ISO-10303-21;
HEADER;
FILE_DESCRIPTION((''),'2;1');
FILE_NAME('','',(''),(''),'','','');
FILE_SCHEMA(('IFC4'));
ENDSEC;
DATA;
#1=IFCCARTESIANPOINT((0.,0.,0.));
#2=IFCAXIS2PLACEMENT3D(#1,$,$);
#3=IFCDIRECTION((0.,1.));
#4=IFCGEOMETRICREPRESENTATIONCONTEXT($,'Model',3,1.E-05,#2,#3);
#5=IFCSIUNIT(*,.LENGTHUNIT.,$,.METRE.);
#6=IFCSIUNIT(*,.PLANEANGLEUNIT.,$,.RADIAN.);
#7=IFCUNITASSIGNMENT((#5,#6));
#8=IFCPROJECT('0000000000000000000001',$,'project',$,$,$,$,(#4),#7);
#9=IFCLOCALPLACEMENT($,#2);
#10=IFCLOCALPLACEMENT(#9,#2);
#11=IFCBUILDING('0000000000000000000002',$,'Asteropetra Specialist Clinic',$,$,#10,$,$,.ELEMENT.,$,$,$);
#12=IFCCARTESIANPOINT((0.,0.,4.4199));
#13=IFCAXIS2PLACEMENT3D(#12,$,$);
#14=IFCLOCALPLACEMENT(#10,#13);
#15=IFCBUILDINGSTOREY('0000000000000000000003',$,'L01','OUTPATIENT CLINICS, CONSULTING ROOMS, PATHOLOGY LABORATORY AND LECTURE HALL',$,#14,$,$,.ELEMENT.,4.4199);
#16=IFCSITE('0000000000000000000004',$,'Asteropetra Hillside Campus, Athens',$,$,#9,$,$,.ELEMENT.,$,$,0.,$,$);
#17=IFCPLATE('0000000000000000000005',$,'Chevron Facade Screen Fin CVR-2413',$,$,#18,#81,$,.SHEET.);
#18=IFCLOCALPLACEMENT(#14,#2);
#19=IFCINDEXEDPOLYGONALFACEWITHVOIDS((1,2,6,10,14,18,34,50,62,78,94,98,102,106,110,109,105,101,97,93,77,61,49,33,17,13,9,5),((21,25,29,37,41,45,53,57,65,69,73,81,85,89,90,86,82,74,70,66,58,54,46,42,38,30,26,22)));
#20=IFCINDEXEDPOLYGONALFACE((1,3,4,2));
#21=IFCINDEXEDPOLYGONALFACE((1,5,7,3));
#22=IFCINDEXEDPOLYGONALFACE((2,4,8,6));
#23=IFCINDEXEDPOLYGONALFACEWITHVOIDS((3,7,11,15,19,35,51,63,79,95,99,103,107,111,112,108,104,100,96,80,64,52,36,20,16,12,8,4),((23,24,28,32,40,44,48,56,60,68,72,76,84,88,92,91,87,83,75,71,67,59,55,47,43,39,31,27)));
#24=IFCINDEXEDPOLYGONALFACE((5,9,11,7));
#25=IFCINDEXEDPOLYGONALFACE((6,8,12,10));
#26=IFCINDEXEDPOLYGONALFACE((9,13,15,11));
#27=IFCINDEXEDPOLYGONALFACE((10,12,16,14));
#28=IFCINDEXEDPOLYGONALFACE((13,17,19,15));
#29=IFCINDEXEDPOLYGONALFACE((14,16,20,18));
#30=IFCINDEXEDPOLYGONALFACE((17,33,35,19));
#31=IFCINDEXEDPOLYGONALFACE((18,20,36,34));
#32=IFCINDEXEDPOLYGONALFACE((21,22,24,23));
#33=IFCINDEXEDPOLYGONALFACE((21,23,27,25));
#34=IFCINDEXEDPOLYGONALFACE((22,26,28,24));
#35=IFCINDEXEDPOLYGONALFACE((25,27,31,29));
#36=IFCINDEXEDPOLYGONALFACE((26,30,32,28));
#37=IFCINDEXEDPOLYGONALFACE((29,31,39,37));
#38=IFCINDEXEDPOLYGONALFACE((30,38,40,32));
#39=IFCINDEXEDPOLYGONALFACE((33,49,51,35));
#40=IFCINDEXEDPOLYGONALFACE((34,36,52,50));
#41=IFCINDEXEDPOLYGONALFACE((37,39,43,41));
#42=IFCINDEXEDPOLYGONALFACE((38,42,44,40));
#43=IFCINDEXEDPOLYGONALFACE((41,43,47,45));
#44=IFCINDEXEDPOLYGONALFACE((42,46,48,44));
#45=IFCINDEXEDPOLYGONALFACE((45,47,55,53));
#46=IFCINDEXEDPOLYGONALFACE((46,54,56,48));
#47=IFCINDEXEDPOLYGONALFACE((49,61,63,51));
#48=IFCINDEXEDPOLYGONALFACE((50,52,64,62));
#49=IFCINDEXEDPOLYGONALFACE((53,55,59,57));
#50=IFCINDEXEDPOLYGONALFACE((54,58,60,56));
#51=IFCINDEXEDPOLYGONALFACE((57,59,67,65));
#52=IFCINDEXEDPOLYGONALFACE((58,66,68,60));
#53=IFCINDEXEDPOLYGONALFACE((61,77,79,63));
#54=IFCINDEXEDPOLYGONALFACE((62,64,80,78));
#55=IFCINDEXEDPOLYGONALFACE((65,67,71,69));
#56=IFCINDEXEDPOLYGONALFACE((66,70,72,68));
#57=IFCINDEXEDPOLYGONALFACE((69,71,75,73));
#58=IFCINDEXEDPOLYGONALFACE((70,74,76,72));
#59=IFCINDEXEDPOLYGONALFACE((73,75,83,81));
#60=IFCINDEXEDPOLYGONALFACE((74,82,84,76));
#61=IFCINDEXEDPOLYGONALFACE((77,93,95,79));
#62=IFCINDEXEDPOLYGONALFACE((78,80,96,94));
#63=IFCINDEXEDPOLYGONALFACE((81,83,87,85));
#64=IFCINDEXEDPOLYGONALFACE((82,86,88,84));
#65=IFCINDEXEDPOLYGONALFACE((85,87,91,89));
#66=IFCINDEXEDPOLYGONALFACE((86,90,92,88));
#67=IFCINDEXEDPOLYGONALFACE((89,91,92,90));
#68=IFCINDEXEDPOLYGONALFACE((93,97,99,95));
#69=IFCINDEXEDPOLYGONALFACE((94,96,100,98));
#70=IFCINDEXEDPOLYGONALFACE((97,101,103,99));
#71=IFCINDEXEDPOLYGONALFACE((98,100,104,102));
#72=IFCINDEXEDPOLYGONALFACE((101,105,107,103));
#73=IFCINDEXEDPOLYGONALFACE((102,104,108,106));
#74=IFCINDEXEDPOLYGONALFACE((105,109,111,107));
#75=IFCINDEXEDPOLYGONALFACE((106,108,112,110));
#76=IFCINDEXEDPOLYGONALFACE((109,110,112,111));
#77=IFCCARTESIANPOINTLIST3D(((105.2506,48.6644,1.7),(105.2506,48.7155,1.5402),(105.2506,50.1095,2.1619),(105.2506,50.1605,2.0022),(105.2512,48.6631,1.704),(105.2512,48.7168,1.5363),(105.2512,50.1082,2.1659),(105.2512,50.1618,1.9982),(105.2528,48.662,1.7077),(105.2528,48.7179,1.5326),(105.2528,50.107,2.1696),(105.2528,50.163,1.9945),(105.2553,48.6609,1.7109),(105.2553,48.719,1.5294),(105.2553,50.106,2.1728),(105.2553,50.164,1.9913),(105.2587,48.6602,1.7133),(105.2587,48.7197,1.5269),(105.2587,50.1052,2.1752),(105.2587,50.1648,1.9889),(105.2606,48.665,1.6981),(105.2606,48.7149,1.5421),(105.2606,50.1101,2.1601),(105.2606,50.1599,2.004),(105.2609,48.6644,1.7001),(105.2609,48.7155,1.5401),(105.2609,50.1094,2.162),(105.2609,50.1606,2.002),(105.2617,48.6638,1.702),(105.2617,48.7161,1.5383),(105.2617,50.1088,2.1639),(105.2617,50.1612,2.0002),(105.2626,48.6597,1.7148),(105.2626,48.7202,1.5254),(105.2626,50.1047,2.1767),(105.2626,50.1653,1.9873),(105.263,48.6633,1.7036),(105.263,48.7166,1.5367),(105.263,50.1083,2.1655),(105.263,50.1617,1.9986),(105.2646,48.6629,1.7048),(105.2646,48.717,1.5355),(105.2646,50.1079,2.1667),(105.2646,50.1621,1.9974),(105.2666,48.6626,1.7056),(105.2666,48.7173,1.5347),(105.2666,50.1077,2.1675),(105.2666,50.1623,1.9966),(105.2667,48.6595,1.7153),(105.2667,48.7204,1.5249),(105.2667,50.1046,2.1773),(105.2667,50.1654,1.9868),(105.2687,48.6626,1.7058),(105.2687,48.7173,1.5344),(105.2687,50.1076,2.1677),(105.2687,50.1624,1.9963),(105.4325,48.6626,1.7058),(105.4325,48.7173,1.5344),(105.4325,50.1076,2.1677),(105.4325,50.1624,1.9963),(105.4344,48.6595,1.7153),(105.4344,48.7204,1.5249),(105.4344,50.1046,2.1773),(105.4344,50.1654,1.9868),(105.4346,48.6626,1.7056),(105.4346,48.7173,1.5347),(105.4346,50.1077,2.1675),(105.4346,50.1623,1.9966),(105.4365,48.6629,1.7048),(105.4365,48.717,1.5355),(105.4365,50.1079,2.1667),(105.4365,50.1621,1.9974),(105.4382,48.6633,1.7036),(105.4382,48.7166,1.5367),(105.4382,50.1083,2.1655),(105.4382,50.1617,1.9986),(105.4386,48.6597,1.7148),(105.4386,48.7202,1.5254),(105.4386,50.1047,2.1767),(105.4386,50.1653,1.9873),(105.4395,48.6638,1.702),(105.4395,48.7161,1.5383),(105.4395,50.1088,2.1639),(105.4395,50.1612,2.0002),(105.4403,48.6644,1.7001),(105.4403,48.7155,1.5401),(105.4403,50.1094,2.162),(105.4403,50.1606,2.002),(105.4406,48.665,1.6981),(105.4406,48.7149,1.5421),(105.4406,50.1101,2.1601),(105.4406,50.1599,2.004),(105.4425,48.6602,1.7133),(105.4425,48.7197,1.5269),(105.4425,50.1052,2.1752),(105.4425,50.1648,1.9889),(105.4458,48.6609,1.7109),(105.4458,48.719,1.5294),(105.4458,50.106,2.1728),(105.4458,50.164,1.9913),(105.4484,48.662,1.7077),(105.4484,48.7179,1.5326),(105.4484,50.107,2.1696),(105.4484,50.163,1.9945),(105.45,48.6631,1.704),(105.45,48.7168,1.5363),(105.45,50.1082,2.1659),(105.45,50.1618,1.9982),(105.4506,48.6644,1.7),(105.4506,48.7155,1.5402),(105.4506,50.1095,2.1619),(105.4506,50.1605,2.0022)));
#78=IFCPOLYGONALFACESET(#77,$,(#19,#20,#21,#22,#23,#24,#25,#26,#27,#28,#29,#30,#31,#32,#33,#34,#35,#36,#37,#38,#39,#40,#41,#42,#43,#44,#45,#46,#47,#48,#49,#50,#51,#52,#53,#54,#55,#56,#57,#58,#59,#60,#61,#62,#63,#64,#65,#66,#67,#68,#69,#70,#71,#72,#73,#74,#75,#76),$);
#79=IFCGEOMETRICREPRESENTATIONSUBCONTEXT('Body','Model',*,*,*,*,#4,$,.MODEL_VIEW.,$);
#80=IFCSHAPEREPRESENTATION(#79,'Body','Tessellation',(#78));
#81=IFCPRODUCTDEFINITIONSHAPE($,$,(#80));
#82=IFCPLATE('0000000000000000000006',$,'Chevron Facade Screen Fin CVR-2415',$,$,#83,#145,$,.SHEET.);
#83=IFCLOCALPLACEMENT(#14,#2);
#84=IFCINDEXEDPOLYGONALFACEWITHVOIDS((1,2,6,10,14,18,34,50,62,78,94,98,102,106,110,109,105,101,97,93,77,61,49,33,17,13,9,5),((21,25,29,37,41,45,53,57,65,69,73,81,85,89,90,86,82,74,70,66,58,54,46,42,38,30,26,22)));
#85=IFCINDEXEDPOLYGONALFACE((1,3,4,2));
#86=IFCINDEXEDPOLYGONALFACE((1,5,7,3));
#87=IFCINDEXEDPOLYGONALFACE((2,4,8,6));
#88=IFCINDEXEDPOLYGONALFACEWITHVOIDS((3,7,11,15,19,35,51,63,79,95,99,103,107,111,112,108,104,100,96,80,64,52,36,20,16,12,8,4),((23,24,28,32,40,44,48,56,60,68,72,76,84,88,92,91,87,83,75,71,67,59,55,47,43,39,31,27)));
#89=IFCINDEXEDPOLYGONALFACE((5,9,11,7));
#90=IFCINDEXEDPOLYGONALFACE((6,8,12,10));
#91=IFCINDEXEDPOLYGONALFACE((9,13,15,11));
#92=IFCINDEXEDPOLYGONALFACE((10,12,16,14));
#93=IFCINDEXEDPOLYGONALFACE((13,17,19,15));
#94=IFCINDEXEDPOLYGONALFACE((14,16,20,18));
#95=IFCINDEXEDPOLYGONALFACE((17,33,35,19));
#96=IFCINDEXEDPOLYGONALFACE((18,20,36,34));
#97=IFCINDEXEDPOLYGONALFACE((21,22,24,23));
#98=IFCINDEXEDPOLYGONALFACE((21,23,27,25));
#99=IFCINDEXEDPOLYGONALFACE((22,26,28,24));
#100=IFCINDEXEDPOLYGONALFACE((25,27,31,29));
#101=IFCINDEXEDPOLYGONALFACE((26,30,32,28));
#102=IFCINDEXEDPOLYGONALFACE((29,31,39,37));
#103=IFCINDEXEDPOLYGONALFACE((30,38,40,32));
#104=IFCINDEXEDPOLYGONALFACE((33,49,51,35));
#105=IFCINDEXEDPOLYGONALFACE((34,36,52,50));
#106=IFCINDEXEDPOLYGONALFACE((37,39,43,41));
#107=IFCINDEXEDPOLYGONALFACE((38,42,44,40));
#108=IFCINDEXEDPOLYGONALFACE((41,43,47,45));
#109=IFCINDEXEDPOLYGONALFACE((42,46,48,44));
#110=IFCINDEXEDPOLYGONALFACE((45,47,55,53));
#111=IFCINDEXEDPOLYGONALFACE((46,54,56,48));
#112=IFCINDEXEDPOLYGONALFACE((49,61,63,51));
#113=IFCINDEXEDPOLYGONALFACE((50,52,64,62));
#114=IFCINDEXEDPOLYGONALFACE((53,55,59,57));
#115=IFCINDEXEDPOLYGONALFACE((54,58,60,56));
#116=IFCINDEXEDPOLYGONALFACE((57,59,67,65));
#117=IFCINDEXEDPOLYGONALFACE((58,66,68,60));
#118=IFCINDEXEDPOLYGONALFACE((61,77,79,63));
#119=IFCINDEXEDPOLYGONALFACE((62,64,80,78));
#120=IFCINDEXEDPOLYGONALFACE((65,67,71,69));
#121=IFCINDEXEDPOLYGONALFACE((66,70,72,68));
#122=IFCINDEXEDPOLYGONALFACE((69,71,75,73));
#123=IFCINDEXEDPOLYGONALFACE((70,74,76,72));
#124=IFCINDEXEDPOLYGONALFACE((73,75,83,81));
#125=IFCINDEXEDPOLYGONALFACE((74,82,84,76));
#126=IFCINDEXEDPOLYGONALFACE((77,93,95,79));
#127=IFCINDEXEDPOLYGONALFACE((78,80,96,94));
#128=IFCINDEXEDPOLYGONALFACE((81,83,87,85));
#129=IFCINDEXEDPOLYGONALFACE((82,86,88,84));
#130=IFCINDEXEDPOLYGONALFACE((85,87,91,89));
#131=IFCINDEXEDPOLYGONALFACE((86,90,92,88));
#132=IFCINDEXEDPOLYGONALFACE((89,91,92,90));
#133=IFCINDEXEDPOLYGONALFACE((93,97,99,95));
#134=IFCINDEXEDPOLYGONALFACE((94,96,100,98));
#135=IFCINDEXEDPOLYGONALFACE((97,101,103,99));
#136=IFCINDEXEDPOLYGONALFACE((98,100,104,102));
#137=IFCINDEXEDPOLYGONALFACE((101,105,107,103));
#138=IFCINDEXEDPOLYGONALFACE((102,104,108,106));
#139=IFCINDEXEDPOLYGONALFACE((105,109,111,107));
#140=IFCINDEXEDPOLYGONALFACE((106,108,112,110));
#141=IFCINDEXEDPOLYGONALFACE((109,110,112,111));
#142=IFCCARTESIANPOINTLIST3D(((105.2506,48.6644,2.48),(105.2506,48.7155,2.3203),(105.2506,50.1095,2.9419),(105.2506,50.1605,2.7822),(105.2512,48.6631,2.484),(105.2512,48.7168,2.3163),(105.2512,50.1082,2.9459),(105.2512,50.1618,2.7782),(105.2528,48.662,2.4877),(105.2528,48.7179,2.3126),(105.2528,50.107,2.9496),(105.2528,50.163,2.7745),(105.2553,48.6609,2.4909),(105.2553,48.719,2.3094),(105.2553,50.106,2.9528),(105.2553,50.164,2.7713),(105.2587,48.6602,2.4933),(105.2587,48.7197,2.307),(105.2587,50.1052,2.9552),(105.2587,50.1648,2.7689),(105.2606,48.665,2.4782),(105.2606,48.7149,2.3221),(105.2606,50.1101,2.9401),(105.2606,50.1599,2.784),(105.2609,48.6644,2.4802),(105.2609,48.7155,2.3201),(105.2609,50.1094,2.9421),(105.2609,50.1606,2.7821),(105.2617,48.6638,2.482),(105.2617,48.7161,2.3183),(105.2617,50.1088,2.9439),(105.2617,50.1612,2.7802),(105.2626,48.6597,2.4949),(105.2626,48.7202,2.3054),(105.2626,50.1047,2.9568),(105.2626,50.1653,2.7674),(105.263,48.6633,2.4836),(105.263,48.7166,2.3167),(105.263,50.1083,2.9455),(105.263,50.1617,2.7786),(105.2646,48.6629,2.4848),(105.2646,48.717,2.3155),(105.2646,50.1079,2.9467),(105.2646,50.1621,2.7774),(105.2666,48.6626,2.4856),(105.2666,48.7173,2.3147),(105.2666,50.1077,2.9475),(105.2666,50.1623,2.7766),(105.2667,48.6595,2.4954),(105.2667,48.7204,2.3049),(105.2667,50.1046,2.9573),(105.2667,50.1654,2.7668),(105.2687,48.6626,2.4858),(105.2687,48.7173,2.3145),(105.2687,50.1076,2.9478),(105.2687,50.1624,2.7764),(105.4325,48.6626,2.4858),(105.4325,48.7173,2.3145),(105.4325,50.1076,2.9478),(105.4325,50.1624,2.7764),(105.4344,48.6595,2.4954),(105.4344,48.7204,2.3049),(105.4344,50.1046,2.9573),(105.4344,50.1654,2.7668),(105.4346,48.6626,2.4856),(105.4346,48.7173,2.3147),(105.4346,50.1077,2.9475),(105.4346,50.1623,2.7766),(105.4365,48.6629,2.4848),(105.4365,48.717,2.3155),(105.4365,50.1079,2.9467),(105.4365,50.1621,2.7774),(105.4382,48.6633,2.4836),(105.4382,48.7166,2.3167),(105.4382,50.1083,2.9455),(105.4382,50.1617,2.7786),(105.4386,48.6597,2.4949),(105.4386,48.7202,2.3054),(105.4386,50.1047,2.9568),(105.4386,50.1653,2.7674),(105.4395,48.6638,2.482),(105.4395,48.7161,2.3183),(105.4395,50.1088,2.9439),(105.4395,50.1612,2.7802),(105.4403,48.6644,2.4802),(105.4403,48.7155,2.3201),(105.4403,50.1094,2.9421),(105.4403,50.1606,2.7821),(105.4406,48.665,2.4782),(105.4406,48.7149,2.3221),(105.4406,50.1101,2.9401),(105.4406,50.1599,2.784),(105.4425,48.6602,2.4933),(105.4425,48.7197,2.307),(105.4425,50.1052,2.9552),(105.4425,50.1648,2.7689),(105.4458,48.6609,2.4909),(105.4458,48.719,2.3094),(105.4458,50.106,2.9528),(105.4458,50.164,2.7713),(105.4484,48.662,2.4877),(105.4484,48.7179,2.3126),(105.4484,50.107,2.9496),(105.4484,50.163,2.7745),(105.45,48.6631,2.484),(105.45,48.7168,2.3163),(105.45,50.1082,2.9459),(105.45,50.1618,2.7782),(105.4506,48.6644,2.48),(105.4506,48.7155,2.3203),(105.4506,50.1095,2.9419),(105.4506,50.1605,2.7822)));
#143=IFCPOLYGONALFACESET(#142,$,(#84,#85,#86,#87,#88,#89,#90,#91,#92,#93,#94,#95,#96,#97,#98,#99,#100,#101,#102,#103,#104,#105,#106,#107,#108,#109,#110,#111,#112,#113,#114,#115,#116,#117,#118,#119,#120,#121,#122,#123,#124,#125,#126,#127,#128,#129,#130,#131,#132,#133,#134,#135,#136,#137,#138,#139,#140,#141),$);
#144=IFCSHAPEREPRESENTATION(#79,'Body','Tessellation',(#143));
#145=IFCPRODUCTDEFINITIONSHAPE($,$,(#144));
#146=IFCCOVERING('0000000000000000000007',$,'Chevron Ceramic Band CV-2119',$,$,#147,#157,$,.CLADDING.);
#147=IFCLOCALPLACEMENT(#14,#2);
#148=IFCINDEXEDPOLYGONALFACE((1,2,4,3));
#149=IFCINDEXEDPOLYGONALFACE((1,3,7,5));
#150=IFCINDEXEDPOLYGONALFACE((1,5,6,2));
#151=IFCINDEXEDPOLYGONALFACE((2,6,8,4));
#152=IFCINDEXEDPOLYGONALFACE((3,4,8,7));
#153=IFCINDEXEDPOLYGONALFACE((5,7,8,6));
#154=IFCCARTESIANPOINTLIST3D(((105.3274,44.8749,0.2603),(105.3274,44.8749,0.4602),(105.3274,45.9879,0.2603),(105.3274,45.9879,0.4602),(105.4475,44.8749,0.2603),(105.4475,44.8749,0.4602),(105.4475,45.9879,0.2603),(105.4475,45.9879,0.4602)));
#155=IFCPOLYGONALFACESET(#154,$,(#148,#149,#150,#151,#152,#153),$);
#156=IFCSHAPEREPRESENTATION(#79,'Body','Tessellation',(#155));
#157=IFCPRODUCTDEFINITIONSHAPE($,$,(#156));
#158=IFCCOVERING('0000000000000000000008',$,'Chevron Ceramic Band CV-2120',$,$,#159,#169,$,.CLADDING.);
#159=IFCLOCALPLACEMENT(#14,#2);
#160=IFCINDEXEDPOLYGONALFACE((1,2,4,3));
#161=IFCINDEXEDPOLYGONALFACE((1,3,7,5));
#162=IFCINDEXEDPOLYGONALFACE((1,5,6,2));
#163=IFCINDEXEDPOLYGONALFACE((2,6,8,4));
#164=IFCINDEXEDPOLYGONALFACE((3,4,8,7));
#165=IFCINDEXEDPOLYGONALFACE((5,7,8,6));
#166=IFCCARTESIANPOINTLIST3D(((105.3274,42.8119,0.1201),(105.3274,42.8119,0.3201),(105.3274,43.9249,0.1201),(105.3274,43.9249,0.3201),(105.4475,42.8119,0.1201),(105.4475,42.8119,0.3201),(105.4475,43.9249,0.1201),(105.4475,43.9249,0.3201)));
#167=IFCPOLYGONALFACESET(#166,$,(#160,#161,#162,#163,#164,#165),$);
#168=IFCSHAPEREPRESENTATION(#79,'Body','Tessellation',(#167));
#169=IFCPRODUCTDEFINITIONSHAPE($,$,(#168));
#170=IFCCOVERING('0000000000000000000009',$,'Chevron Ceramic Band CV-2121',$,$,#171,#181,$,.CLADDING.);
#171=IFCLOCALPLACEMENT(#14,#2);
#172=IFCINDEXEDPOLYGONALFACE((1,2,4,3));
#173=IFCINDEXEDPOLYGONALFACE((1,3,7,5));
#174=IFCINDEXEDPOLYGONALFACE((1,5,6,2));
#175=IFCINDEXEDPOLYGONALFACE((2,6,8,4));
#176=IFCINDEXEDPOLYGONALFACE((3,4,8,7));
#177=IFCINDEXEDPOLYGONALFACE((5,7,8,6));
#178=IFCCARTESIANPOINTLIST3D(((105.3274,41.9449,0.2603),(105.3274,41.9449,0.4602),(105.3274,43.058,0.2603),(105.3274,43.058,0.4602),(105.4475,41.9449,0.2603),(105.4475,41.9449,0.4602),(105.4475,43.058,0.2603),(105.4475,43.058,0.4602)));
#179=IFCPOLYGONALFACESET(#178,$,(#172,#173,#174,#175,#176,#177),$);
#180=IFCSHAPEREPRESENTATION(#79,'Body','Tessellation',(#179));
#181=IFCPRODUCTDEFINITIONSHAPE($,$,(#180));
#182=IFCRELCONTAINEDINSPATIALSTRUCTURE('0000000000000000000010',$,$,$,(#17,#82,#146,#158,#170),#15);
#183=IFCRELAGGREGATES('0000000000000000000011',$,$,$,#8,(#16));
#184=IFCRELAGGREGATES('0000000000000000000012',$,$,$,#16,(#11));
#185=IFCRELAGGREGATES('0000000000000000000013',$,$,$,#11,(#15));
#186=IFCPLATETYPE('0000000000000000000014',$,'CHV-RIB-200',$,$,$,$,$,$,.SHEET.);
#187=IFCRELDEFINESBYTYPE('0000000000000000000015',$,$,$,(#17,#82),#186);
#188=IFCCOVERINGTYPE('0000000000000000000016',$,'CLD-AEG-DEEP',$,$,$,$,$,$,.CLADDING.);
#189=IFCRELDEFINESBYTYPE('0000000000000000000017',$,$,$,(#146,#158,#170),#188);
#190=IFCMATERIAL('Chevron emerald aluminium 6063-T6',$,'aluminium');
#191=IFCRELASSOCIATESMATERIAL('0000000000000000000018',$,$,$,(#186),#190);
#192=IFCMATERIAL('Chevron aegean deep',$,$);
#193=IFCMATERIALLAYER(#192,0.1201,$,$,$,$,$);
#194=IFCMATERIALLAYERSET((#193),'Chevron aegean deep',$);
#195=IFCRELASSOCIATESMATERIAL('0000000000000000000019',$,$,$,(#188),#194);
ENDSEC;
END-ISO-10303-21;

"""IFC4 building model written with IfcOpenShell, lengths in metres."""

from ifc_helpers import new_model, si_unit, direction, frame, origin, origin_2d, place, context, subcontext, project, spatial, rectangle, hollow_rectangle, extrude, material, layer, layer_set, material_profile, profile_set, type_object, element, save


model = new_model("IFC4")

# Units and contexts
model_context = context("Model", 3, precision=1e-05, world=origin(), true_north=direction((0.0, 1.0)))
body_context = subcontext(model_context, "Body", "Model", "MODEL_VIEW")
ifc_project = project(units=[si_unit("LENGTHUNIT", "METRE"), si_unit("PLANEANGLEUNIT", "RADIAN")], contexts=[model_context])

# Site, building, storey
site_placement = place(None, origin())
site = spatial("IfcSite", under=ifc_project, at=site_placement, Name="Asteropetra Hillside Campus, Athens", CompositionType="ELEMENT", RefElevation=0.0)
building_placement = place(site_placement, origin())
building = spatial("IfcBuilding", under=site, at=building_placement, Name="Asteropetra Specialist Clinic", CompositionType="ELEMENT")
storey_placement = place(building_placement, frame((0.0, 0.0, 4.4199)))
storey = spatial("IfcBuildingStorey", under=building, at=storey_placement, Name="L01", Description="OUTPATIENT CLINICS, CONSULTING ROOMS, PATHOLOGY LABORATORY AND LECTURE HALL", CompositionType="ELEMENT", Elevation=4.4199)

# Plates
ifc_material_1 = material(Name="Chevron emerald aluminium 6063-T6", Category="aluminium")
ifc_material_profile = material_profile(ifc_material_1, hollow_rectangle(XDim=0.2, YDim=0.2, WallThickness=0.01, InnerFilletRadius=0.0081, OuterFilletRadius=0.0161, at=origin_2d()), Name="SHS 200x200x10.0")
ifc_profile_set = profile_set([ifc_material_profile], Name="Chevron emerald aluminium 6063-T6")
plate_type = type_object("IfcPlateType", Name="CHV-RIB-200", PredefinedType="SHEET", material=ifc_profile_set)
for number, where, z_axis, x_axis, name in (
    (1, (105.3506, 50.135, 2.082), (0.0, -0.952521, -0.304472), (1.0, 0.0, 0.0), "Chevron Facade Screen Fin CVR-2413"),
    (2, (105.3506, 50.135, 2.8621), (0.0, -0.952521, -0.304472), (1.0, 0.0, 0.0), "Chevron Facade Screen Fin CVR-2415"),
):
    element("IfcPlate", number, at=place(storey_placement, frame(where, z_axis=z_axis, x_axis=x_axis)), inside=storey, type_object=plate_type, Name=name, PredefinedType="SHEET", context=body_context, shape_type="SweptSolid", body=[
        extrude(hollow_rectangle(XDim=0.2, YDim=0.2, WallThickness=0.01, InnerFilletRadius=0.0081, OuterFilletRadius=0.0161, at=origin_2d()), origin(), (0.0, 0.0, 1.0), 1.5171),
    ])

# Coverings
ifc_material_2 = material(Name="Chevron aegean deep")
ifc_layer = layer(ifc_material_2, 0.1201)
ifc_layer_set = layer_set([ifc_layer], Name="Chevron aegean deep")
covering_type = type_object("IfcCoveringType", Name="CLD-AEG-DEEP", PredefinedType="CLADDING", material=ifc_layer_set)
for number, where, z_axis, x_axis, name in (
    (3, (105.3875, 45.4314, 0.2603), (0.0, 0.0, 1.0), (1.0, 0.0, 0.0), "Chevron Ceramic Band CV-2119"),
    (4, (105.3875, 43.3684, 0.1201), (0.0, 0.0, 1.0), (1.0, 0.0, 0.0), "Chevron Ceramic Band CV-2120"),
    (5, (105.3875, 42.5015, 0.2603), (0.0, 0.0, 1.0), (1.0, 0.0, 0.0), "Chevron Ceramic Band CV-2121"),
):
    element("IfcCovering", number, at=place(storey_placement, frame(where, z_axis=z_axis, x_axis=x_axis)), inside=storey, type_object=covering_type, Name=name, PredefinedType="CLADDING", context=body_context, shape_type="SweptSolid", body=[
        extrude(rectangle(XDim=0.1201, YDim=1.113, at=origin_2d()), origin(), (0.0, 0.0, 1.0), 0.2),
    ])

save(model, "model.ifc")
